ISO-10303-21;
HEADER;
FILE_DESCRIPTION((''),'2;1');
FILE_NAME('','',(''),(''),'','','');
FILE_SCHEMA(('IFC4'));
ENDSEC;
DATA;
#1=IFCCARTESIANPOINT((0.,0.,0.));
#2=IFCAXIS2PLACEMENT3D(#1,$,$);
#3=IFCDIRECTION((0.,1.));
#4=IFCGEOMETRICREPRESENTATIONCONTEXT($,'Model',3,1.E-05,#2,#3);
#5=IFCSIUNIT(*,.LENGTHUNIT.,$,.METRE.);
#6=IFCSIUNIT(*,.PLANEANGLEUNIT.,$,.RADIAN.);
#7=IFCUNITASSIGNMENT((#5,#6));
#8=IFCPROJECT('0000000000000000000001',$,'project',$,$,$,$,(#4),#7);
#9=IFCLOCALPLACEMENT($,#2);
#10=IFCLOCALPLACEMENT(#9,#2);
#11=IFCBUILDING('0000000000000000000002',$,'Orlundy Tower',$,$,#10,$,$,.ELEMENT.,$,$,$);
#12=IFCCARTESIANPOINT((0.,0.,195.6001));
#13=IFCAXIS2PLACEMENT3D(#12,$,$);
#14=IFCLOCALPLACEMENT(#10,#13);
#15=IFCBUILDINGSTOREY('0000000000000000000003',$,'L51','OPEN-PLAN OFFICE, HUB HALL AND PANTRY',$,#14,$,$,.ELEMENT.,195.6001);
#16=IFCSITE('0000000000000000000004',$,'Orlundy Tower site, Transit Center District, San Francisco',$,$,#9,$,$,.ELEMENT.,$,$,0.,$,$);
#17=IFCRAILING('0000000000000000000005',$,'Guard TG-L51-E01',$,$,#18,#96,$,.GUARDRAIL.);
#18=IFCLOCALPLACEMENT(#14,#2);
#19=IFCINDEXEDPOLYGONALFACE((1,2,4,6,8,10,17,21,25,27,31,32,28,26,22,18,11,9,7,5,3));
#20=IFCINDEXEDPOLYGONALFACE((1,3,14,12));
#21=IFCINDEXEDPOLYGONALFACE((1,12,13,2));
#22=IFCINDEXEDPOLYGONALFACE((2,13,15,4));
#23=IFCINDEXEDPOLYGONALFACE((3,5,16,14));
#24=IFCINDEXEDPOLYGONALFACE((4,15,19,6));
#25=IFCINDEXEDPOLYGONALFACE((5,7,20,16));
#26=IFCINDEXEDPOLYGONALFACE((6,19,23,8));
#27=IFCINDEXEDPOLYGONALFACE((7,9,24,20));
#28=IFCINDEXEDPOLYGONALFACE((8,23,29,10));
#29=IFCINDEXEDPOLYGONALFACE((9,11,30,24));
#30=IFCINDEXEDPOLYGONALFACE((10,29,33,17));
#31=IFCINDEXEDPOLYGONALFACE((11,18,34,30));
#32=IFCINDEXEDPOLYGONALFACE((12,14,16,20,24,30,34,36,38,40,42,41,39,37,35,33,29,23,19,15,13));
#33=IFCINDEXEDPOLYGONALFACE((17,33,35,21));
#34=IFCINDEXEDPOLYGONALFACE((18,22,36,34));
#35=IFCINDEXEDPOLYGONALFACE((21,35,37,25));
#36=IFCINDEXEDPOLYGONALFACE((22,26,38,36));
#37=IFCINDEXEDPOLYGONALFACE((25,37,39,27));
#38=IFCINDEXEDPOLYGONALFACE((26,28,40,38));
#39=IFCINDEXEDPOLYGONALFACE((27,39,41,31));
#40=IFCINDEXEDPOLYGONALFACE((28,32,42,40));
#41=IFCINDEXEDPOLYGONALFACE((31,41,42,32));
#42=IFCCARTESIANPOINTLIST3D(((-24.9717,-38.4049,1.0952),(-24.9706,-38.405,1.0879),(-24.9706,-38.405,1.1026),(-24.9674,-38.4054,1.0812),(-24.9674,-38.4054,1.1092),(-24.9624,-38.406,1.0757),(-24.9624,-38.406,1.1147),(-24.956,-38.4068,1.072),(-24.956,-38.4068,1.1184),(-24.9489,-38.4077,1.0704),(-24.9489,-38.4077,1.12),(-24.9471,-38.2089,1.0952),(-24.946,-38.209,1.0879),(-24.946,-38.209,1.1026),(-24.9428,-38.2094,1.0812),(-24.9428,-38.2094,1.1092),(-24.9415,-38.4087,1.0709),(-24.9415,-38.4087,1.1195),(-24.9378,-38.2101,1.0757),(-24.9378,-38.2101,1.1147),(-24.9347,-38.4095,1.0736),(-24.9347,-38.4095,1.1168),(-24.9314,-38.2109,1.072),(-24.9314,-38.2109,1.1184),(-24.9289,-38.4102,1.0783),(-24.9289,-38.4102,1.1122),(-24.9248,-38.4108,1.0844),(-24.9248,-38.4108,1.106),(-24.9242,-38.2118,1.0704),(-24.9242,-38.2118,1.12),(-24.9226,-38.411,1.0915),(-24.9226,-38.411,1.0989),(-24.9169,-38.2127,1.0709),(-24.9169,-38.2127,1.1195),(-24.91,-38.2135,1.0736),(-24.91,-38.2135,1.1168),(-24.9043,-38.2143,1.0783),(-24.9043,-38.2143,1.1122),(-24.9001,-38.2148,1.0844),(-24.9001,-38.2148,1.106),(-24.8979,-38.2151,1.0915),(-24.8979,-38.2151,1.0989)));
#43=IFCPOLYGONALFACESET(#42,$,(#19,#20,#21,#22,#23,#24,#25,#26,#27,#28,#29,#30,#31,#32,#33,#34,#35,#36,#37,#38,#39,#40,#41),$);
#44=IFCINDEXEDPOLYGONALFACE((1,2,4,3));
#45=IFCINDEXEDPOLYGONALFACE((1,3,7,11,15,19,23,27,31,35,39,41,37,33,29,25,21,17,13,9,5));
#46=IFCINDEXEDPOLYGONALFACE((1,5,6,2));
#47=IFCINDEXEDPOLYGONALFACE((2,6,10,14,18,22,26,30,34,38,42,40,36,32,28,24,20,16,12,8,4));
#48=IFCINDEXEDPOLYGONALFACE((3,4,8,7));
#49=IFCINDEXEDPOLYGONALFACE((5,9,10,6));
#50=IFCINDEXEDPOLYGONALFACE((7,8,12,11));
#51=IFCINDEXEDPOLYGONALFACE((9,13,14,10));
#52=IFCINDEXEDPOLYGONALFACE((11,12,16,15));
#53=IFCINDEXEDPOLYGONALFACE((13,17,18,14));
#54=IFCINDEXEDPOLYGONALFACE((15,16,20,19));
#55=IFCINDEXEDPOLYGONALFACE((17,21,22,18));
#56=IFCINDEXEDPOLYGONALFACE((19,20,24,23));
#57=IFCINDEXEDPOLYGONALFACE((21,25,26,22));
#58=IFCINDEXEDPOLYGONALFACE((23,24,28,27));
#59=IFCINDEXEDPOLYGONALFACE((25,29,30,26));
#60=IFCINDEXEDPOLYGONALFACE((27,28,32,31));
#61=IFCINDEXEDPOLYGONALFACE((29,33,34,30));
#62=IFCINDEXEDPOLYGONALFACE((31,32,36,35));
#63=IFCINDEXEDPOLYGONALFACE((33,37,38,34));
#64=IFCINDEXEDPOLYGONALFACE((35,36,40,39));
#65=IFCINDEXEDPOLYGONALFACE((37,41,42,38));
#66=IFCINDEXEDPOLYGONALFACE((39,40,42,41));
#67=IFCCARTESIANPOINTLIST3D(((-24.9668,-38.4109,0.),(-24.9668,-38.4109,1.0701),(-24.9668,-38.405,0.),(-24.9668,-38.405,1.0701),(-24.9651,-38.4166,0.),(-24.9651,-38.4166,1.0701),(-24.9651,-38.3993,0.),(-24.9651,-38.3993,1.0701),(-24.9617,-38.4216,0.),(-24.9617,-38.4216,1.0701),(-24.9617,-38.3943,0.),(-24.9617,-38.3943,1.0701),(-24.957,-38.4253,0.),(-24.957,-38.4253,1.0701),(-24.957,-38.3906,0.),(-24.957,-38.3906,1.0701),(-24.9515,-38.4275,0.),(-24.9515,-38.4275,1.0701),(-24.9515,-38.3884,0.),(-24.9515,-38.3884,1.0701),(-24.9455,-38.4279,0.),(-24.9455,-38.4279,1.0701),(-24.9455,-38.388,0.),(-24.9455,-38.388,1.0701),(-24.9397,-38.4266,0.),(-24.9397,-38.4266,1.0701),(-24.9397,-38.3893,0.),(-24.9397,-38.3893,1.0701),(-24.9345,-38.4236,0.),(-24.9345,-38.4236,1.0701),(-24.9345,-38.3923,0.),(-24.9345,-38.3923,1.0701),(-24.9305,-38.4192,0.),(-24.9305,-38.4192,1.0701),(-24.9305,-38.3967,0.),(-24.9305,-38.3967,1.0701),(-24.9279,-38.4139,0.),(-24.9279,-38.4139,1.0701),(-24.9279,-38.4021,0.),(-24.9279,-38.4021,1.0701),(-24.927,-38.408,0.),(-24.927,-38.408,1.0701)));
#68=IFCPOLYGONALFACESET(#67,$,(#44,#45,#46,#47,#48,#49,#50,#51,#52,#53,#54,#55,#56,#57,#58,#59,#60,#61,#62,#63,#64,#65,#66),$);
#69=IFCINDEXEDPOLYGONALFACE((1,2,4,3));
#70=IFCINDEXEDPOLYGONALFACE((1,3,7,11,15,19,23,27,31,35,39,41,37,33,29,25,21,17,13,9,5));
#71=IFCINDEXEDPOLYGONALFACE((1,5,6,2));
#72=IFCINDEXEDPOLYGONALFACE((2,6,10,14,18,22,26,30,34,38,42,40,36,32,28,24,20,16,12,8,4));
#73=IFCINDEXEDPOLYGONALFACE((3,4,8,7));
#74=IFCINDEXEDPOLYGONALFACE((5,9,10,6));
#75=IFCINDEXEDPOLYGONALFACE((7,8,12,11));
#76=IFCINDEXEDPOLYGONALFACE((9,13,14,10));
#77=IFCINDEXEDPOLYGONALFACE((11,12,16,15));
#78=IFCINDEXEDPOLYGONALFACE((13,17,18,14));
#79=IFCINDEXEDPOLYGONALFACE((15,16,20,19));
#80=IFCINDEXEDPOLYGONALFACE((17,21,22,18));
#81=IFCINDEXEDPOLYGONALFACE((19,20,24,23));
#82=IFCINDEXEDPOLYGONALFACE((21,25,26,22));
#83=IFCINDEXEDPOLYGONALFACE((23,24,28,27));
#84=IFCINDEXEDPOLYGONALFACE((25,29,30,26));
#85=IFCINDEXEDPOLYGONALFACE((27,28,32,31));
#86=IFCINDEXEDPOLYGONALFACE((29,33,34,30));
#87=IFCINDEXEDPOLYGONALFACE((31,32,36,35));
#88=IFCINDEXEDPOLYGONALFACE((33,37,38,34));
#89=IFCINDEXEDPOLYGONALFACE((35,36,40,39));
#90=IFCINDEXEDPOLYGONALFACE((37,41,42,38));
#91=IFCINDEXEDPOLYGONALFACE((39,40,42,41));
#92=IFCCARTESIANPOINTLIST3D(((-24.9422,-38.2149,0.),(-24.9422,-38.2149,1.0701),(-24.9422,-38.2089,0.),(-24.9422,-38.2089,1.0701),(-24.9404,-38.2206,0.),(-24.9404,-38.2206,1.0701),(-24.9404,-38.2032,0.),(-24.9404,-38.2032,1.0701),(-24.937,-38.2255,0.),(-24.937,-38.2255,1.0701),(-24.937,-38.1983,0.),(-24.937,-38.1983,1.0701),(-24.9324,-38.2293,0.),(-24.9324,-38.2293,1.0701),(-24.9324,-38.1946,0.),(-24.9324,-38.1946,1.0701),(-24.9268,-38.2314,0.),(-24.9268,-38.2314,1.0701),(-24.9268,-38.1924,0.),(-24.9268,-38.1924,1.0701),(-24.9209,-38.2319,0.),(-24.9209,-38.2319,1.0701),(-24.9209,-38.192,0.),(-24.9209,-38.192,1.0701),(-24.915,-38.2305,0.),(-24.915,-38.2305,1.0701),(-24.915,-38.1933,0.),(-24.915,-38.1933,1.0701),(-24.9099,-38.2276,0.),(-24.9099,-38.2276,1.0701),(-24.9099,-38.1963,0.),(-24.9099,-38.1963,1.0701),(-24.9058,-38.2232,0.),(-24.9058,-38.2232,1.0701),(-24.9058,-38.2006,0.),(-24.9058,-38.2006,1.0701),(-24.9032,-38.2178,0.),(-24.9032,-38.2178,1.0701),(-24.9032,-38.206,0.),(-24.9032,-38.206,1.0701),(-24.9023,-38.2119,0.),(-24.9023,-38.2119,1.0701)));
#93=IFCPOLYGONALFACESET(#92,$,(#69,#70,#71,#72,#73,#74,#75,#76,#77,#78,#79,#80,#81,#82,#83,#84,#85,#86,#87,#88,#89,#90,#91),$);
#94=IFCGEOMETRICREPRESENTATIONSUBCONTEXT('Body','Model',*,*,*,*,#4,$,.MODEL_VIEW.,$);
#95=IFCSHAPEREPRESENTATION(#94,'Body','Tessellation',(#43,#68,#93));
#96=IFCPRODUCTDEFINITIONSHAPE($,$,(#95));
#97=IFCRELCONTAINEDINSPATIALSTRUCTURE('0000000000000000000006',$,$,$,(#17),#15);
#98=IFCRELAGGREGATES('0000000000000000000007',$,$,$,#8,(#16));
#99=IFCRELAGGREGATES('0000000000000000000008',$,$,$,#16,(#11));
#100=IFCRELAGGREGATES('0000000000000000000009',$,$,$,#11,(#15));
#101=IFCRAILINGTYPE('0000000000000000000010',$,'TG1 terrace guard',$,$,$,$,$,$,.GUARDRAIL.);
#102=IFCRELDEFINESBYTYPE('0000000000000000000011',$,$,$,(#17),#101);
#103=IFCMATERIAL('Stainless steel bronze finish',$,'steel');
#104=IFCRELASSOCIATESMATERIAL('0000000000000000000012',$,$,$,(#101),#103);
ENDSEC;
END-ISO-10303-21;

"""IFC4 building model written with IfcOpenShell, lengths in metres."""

from ifc_helpers import new_model, si_unit, direction, frame, origin, origin_2d, place, context, subcontext, project, spatial, circle, extrude, material, type_object, element, save


model = new_model("IFC4")

# Units and contexts
model_context = context("Model", 3, precision=1e-05, world=origin(), true_north=direction((0.0, 1.0)))
body_context = subcontext(model_context, "Body", "Model", "MODEL_VIEW")
ifc_project = project(units=[si_unit("LENGTHUNIT", "METRE"), si_unit("PLANEANGLEUNIT", "RADIAN")], contexts=[model_context])

# Site, building, storey
site_placement = place(None, origin())
site = spatial("IfcSite", under=ifc_project, at=site_placement, Name="Orlundy Tower site, Transit Center District, San Francisco", CompositionType="ELEMENT", RefElevation=0.0)
building_placement = place(site_placement, origin())
building = spatial("IfcBuilding", under=site, at=building_placement, Name="Orlundy Tower", CompositionType="ELEMENT")
storey_placement = place(building_placement, frame((0.0, 0.0, 195.6001)))
storey = spatial("IfcBuildingStorey", under=building, at=storey_placement, Name="L51", Description="OPEN-PLAN OFFICE, HUB HALL AND PANTRY", CompositionType="ELEMENT", Elevation=195.6001)

# Railing
ifc_material_1 = material(Name="Stainless steel bronze finish", Category="steel")
railing_type = type_object("IfcRailingType", Name="TG1 terrace guard", PredefinedType="GUARDRAIL", material=ifc_material_1)
railing_placement = place(storey_placement, frame((-24.947, -38.408, 0.0)))
element("IfcRailing", 1, at=railing_placement, inside=storey, type_object=railing_type, Name="Guard TG-L51-E01", PredefinedType="GUARDRAIL", context=body_context, shape_type="SweptSolid", body=[
    extrude(circle(Radius=0.0249, at=origin_2d()), frame((0.0, 0.0, 1.0952), z_axis=(0.124795, 0.992183, 0.0), x_axis=(-0.992183, 0.124795, 0.0)), (0.0, 0.0, 1.0), 0.1975),
    extrude(circle(Radius=0.02, at=origin_2d()), origin(), (0.0, 0.0, 1.0), 1.0701),
    extrude(circle(Radius=0.02, at=origin_2d()), frame((0.0247, 0.196, 0.0)), (0.0, 0.0, 1.0), 1.0701),
])

save(model, "model.ifc")
